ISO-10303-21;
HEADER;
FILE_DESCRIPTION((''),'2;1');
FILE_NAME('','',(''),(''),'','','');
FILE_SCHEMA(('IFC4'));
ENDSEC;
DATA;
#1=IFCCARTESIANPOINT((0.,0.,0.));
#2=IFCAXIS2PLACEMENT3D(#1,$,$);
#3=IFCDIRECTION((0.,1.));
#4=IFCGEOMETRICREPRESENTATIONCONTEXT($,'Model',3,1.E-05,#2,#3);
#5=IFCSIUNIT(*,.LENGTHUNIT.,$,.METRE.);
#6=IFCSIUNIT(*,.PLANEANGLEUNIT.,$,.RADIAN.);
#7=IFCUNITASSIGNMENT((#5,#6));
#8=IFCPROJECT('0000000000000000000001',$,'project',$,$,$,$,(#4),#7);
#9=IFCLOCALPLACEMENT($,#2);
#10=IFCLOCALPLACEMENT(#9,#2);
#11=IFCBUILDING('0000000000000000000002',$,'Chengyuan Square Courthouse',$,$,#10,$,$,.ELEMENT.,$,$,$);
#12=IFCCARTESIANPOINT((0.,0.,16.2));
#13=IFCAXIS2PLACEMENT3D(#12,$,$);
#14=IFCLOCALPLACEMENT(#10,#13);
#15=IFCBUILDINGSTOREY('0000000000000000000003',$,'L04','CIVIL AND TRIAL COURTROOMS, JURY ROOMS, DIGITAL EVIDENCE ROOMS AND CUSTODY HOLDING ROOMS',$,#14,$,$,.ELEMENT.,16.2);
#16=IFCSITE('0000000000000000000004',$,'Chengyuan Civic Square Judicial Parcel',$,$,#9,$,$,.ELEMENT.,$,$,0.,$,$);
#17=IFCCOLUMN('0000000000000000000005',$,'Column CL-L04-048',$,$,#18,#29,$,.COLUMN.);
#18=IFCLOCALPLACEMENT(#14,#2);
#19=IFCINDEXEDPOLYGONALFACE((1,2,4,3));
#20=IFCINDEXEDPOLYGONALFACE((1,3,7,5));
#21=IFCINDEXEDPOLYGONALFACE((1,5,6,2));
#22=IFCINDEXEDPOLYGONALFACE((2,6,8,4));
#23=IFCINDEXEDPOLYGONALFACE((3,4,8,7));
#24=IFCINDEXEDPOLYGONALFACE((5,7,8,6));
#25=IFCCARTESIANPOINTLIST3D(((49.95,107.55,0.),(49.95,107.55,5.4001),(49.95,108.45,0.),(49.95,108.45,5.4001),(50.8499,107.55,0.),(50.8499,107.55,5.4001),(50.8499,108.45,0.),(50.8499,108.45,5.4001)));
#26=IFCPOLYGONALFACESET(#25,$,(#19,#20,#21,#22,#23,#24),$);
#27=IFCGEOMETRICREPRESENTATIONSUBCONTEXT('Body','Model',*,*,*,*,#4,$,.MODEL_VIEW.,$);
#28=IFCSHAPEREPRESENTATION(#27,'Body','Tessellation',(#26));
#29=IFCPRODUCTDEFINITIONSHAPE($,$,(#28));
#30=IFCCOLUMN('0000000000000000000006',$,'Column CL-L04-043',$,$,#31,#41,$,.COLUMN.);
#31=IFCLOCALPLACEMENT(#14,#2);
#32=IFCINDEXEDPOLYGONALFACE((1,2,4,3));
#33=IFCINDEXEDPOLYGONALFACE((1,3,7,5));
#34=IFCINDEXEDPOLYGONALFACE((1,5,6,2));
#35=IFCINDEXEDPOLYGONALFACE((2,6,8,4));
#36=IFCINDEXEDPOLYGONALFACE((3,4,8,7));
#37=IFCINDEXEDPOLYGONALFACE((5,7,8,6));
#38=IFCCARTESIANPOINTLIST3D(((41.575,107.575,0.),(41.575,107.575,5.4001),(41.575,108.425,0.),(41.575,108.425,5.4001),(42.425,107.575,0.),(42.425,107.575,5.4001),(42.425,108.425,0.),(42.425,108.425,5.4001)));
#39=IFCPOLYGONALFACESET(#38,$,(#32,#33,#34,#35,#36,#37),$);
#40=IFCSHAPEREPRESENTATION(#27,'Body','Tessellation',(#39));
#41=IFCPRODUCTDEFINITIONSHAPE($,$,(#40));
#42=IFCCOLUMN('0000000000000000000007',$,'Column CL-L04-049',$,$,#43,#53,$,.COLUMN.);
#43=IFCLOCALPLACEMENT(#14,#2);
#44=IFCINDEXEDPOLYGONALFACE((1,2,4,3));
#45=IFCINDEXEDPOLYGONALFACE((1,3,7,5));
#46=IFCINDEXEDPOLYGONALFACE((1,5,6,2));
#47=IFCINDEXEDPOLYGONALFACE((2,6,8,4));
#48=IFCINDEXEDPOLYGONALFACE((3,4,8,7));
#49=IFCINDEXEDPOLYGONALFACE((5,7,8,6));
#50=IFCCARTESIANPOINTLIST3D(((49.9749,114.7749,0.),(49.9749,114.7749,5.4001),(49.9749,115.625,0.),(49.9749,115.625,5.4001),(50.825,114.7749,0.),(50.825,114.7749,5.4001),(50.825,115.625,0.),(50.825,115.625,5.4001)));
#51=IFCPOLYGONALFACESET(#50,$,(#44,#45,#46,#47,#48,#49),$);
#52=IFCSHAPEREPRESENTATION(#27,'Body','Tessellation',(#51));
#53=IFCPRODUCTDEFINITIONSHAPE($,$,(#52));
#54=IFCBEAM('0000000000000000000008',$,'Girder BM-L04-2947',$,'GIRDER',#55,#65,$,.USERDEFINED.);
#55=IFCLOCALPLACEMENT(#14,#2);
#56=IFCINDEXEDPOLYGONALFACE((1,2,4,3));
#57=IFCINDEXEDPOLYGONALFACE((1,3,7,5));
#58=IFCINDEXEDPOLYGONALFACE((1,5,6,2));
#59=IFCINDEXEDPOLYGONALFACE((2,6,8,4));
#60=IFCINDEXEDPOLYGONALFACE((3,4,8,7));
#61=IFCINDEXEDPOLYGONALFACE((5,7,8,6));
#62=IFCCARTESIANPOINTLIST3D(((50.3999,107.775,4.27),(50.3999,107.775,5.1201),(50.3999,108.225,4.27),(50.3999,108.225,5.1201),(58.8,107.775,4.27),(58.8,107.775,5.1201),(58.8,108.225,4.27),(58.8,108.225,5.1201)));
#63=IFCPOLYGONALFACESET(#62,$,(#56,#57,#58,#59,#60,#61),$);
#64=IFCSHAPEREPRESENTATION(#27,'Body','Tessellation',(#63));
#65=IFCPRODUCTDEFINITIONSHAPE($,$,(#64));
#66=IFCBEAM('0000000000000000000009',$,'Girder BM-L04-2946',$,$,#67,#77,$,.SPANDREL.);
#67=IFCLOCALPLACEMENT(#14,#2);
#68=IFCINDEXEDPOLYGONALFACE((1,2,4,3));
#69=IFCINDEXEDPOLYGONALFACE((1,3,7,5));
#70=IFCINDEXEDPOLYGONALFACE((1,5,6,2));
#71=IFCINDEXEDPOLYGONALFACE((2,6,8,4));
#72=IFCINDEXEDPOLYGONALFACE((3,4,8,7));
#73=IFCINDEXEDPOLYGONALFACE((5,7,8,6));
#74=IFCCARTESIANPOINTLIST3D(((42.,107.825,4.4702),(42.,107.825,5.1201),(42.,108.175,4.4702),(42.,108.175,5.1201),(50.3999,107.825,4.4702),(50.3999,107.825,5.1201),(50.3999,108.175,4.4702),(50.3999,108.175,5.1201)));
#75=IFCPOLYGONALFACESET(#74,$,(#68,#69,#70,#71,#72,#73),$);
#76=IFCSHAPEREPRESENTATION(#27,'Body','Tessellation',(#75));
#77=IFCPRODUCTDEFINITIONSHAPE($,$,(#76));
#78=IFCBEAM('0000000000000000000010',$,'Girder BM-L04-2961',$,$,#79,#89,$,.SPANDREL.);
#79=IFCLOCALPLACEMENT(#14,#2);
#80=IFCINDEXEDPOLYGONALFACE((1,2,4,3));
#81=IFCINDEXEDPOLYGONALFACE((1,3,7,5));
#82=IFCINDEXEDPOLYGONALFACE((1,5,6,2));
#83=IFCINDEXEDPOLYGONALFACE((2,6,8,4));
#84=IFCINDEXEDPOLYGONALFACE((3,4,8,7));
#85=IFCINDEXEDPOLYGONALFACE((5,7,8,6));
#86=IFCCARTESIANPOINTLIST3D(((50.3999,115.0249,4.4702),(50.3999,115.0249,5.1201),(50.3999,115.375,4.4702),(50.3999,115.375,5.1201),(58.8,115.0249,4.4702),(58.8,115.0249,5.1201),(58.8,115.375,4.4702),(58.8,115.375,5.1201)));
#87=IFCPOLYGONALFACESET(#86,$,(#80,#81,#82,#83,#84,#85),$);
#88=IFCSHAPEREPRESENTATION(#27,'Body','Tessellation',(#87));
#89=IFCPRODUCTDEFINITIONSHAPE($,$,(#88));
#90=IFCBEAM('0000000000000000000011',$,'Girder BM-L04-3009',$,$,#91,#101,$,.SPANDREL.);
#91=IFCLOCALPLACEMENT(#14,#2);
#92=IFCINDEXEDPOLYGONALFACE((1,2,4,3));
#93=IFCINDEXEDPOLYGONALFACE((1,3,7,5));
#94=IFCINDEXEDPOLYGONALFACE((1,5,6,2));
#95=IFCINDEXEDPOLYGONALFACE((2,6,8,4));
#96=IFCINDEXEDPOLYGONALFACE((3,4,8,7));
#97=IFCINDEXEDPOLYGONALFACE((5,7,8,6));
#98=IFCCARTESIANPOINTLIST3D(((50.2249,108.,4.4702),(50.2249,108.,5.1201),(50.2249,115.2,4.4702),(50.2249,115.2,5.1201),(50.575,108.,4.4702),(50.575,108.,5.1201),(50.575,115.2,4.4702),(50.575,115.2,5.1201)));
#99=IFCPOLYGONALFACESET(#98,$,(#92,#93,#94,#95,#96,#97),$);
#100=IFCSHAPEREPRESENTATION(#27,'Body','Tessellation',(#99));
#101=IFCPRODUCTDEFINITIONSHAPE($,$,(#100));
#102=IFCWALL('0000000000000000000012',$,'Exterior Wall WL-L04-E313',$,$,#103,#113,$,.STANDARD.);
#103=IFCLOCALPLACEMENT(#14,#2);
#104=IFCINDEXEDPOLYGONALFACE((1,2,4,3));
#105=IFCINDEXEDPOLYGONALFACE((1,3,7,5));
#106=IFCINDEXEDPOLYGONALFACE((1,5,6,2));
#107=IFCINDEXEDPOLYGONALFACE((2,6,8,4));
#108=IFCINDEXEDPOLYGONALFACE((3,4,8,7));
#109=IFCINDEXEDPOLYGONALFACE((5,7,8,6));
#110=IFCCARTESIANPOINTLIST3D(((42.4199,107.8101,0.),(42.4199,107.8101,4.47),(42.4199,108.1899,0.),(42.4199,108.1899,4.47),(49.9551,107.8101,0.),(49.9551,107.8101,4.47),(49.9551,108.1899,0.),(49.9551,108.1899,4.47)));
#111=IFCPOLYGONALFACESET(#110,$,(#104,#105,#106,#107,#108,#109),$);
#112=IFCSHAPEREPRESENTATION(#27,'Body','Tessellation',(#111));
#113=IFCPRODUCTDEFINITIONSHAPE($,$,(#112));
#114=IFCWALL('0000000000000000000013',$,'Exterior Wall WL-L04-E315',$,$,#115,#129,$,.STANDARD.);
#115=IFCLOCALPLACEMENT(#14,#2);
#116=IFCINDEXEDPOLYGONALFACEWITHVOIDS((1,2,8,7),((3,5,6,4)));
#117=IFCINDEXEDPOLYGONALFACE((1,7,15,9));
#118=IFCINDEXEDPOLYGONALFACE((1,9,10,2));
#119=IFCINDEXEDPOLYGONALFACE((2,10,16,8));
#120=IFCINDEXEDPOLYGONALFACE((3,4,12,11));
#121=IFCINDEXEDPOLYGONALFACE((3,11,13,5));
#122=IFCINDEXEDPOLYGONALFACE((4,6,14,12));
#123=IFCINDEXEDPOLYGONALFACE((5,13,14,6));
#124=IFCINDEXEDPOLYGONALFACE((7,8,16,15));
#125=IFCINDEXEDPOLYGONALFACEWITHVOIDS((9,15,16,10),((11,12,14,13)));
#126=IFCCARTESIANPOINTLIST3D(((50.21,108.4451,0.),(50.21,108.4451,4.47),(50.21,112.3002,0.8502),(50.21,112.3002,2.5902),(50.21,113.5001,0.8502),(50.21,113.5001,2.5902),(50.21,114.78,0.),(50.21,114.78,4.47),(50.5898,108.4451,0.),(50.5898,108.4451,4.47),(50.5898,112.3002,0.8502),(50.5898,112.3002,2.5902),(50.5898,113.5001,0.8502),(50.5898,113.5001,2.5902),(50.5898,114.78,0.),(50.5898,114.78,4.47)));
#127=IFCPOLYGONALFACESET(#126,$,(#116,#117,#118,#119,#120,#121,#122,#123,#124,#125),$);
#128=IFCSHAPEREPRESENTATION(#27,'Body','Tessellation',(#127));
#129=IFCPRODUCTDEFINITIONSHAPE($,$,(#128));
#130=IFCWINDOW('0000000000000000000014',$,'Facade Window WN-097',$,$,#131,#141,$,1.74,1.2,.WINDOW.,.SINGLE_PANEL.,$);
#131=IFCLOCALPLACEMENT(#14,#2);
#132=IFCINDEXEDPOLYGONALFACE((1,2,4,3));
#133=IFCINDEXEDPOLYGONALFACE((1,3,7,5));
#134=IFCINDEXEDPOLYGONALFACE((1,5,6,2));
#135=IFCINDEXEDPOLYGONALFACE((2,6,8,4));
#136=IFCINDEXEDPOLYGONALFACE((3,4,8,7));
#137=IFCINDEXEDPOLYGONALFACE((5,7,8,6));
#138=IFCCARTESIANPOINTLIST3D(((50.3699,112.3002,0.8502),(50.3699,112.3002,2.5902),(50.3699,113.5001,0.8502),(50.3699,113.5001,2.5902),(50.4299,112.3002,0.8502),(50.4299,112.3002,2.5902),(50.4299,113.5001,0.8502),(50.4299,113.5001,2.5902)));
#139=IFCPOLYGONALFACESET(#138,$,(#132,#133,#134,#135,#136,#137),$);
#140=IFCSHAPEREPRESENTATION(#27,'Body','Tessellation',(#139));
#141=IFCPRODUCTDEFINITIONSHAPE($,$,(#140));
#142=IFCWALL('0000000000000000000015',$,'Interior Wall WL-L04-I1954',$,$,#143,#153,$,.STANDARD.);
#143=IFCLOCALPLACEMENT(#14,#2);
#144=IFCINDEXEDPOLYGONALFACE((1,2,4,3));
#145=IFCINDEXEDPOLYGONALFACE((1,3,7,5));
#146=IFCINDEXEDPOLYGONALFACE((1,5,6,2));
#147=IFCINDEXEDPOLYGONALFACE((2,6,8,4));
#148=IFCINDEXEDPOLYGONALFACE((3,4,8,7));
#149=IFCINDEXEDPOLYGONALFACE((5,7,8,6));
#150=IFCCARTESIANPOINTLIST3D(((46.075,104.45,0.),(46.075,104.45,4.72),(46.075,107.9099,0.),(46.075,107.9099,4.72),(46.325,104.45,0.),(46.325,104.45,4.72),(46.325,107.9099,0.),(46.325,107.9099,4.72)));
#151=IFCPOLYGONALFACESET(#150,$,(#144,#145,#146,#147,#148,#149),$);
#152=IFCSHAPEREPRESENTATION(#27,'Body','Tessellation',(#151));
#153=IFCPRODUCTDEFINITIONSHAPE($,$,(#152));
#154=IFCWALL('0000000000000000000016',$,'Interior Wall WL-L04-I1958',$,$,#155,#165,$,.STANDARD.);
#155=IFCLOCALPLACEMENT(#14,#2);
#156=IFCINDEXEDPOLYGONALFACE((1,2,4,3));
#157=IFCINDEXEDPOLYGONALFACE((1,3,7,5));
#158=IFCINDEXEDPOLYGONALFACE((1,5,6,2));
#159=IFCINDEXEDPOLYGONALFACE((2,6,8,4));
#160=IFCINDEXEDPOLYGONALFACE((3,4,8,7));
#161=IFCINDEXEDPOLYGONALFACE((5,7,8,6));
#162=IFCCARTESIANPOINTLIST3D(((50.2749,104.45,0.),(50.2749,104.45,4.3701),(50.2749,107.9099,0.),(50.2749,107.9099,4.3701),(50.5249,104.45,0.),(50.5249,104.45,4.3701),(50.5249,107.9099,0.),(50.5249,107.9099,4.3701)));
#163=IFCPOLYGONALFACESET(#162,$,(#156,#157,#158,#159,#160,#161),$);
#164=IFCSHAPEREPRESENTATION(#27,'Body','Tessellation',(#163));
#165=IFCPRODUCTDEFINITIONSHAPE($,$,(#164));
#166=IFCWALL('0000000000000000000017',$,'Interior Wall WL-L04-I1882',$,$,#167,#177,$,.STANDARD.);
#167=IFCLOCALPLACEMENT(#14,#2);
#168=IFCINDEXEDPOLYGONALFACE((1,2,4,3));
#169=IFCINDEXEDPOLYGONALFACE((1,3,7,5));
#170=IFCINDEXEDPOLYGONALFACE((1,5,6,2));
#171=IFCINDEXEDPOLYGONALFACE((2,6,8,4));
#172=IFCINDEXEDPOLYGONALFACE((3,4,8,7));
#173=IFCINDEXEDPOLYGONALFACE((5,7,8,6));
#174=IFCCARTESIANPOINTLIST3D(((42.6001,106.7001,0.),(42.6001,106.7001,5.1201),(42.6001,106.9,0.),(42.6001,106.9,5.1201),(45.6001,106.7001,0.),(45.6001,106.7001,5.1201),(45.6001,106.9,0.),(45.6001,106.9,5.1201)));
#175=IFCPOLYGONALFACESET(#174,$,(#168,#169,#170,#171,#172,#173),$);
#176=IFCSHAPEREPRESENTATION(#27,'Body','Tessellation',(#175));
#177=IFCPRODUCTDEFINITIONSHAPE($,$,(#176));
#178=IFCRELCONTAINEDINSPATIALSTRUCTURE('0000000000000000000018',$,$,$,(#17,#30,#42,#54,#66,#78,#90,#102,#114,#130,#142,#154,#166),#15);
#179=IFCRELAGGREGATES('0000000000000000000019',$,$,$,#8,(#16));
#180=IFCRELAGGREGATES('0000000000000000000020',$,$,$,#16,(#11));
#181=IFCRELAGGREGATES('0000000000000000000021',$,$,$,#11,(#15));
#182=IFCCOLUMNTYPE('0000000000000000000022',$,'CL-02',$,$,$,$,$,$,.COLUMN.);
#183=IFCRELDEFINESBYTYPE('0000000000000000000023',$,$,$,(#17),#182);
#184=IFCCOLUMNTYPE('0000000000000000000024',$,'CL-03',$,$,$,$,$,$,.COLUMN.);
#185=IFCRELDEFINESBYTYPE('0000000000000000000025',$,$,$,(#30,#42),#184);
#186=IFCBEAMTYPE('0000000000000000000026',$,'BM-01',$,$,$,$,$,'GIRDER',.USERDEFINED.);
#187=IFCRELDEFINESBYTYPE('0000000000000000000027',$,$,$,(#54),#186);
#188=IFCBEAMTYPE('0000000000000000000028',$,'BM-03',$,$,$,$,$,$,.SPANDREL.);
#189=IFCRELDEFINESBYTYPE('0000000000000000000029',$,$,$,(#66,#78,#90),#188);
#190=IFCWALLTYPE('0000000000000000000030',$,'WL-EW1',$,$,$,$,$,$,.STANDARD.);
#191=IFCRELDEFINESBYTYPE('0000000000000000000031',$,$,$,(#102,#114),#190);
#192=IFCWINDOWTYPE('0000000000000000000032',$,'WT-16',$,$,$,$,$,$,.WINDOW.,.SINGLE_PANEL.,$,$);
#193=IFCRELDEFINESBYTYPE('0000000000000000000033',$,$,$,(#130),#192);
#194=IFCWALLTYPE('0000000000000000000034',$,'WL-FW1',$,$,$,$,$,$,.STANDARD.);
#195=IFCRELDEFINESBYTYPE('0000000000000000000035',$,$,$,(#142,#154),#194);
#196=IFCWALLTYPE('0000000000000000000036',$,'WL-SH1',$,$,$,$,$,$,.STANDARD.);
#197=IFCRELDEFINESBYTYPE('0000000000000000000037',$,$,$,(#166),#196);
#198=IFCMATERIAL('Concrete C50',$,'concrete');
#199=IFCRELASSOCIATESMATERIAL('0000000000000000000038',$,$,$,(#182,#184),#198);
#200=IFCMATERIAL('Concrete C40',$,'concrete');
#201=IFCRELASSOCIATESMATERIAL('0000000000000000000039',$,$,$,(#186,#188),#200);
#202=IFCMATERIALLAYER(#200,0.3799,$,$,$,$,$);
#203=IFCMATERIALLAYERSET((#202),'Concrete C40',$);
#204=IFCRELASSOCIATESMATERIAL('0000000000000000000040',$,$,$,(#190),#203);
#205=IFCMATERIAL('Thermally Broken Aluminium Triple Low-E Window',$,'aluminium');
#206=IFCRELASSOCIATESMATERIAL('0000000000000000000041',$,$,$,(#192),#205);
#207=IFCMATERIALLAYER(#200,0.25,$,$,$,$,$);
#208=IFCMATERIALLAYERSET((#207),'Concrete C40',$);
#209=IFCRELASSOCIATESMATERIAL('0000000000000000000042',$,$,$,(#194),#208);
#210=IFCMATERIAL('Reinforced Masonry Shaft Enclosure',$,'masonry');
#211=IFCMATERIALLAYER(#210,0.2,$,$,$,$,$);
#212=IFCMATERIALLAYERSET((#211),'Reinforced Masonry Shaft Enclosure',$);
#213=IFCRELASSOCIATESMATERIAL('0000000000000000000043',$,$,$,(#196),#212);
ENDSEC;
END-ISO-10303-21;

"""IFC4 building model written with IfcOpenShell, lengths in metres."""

from ifc_helpers import new_model, si_unit, direction, frame, frame_2d, origin, origin_2d, place, context, subcontext, project, spatial, rectangle, extrude, material, layer, layer_set, material_profile, profile_set, type_object, element, fill, save


model = new_model("IFC4")

# Units and contexts
model_context = context("Model", 3, precision=1e-05, world=origin(), true_north=direction((0.0, 1.0)))
body_context = subcontext(model_context, "Body", "Model", "MODEL_VIEW")
ifc_project = project(units=[si_unit("LENGTHUNIT", "METRE"), si_unit("PLANEANGLEUNIT", "RADIAN")], contexts=[model_context])

# Site, building, storey
site_placement = place(None, origin())
site = spatial("IfcSite", under=ifc_project, at=site_placement, Name="Chengyuan Civic Square Judicial Parcel", CompositionType="ELEMENT", RefElevation=0.0)
building_placement = place(site_placement, origin())
building = spatial("IfcBuilding", under=site, at=building_placement, Name="Chengyuan Square Courthouse", CompositionType="ELEMENT")
storey_placement = place(building_placement, frame((0.0, 0.0, 16.2)))
storey = spatial("IfcBuildingStorey", under=building, at=storey_placement, Name="L04", Description="CIVIL AND TRIAL COURTROOMS, JURY ROOMS, DIGITAL EVIDENCE ROOMS AND CUSTODY HOLDING ROOMS", CompositionType="ELEMENT", Elevation=16.2)

# Columns
ifc_material_1 = material(Name="Concrete C50", Category="concrete")
ifc_material_profile_1 = material_profile(ifc_material_1, rectangle(XDim=0.8999, YDim=0.8999, at=origin_2d()), Name="RC-COL-900x900")
ifc_profile_set_1 = profile_set([ifc_material_profile_1], Name="Concrete C50")
column_type_1 = type_object("IfcColumnType", Name="CL-02", PredefinedType="COLUMN", material=ifc_profile_set_1)
column_placement = place(storey_placement, frame((50.3999, 108.0, 0.0), z_axis=(0.0, 0.0, 1.0), x_axis=(1.0, 0.0, 0.0)))
element("IfcColumn", 1, at=column_placement, inside=storey, type_object=column_type_1, Name="Column CL-L04-048", PredefinedType="COLUMN", context=body_context, shape_type="SweptSolid", body=[
    extrude(rectangle(XDim=0.8999, YDim=0.8999, at=origin_2d()), origin(), (0.0, 0.0, 1.0), 5.4001),
])
ifc_material_profile_2 = material_profile(ifc_material_1, rectangle(XDim=0.8501, YDim=0.8501, at=origin_2d()), Name="RC-COL-850x850")
ifc_profile_set_2 = profile_set([ifc_material_profile_2], Name="Concrete C50")
column_type_2 = type_object("IfcColumnType", Name="CL-03", PredefinedType="COLUMN", material=ifc_profile_set_2)
for number, where, z_axis, x_axis, name in (
    (2, (42.0, 108.0, 0.0), (0.0, 0.0, 1.0), (1.0, 0.0, 0.0), "Column CL-L04-043"),
    (3, (50.3999, 115.2, 0.0), (0.0, 0.0, 1.0), (1.0, 0.0, 0.0), "Column CL-L04-049"),
):
    element("IfcColumn", number, at=place(storey_placement, frame(where, z_axis=z_axis, x_axis=x_axis)), inside=storey, type_object=column_type_2, Name=name, PredefinedType="COLUMN", context=body_context, shape_type="SweptSolid", body=[
        extrude(rectangle(XDim=0.8501, YDim=0.8501, at=origin_2d()), origin(), (0.0, 0.0, 1.0), 5.4001),
    ])

# Beams
ifc_material_2 = material(Name="Concrete C40", Category="concrete")
ifc_material_profile_3 = material_profile(ifc_material_2, rectangle(XDim=0.45, YDim=0.8501, at=origin_2d()), Name="RC-BM-450x850")
ifc_profile_set_3 = profile_set([ifc_material_profile_3], Name="Concrete C40")
beam_type_1 = type_object("IfcBeamType", Name="BM-01", ElementType="GIRDER", PredefinedType="USERDEFINED", material=ifc_profile_set_3)
beam_1_placement = place(storey_placement, frame((50.3999, 108.0, 4.6951), z_axis=(1.0, 0.0, 0.0), x_axis=(0.0, 1.0, 0.0)))
element("IfcBeam", 4, at=beam_1_placement, inside=storey, type_object=beam_type_1, Name="Girder BM-L04-2947", ObjectType="GIRDER", PredefinedType="USERDEFINED", context=body_context, shape_type="SweptSolid", body=[
    extrude(rectangle(XDim=0.45, YDim=0.8501, at=origin_2d()), origin(), (0.0, 0.0, 1.0), 8.4001),
])
ifc_material_profile_4 = material_profile(ifc_material_2, rectangle(XDim=0.3501, YDim=0.6499, at=origin_2d()), Name="RC-BM-350x650")
ifc_profile_set_4 = profile_set([ifc_material_profile_4], Name="Concrete C40")
beam_type_2 = type_object("IfcBeamType", Name="BM-03", PredefinedType="SPANDREL", material=ifc_profile_set_4)
beam_2_placement = place(storey_placement, frame((42.0, 108.0, 4.7952), z_axis=(1.0, 0.0, 0.0), x_axis=(0.0, 1.0, 0.0)))
element("IfcBeam", 5, at=beam_2_placement, inside=storey, type_object=beam_type_2, Name="Girder BM-L04-2946", PredefinedType="SPANDREL", context=body_context, shape_type="SweptSolid", body=[
    extrude(rectangle(XDim=0.3501, YDim=0.6499, at=origin_2d()), origin(), (0.0, 0.0, 1.0), 8.3999),
])
beam_3_placement = place(storey_placement, frame((50.3999, 115.2, 4.7952), z_axis=(1.0, 0.0, 0.0), x_axis=(0.0, 1.0, 0.0)))
element("IfcBeam", 6, at=beam_3_placement, inside=storey, type_object=beam_type_2, Name="Girder BM-L04-2961", PredefinedType="SPANDREL", context=body_context, shape_type="SweptSolid", body=[
    extrude(rectangle(XDim=0.3501, YDim=0.6499, at=origin_2d()), origin(), (0.0, 0.0, 1.0), 8.4001),
])
beam_4_placement = place(storey_placement, frame((50.3999, 108.0, 4.7952), z_axis=(0.0, 1.0, 0.0), x_axis=(-1.0, 0.0, 0.0)))
element("IfcBeam", 7, at=beam_4_placement, inside=storey, type_object=beam_type_2, Name="Girder BM-L04-3009", PredefinedType="SPANDREL", context=body_context, shape_type="SweptSolid", body=[
    extrude(rectangle(XDim=0.3501, YDim=0.6499, at=origin_2d()), origin(), (0.0, 0.0, 1.0), 7.2),
])

# Wall
ifc_layer_1 = layer(ifc_material_2, 0.3799)
ifc_layer_set_1 = layer_set([ifc_layer_1], Name="Concrete C40")
wall_type_1 = type_object("IfcWallType", Name="WL-EW1", PredefinedType="STANDARD", material=ifc_layer_set_1)
wall_1_placement = place(storey_placement, frame((42.4199, 108.0, 0.0), z_axis=(0.0, 0.0, 1.0), x_axis=(1.0, 0.0, 0.0)))
element("IfcWall", 8, at=wall_1_placement, inside=storey, type_object=wall_type_1, Name="Exterior Wall WL-L04-E313", PredefinedType="STANDARD", context=body_context, shape_type="SweptSolid", body=[
    extrude(rectangle(XDim=7.5352, YDim=0.3799, at=frame_2d((3.7676, 0.0))), origin(), (0.0, 0.0, 1.0), 4.47),
])

# Wall, opening, window
wall_2_placement = place(storey_placement, frame((50.3999, 108.4451, 0.0), z_axis=(0.0, 0.0, 1.0), x_axis=(0.0, 1.0, 0.0)))
wall_2 = element("IfcWall", 9, at=wall_2_placement, inside=storey, type_object=wall_type_1, Name="Exterior Wall WL-L04-E315", PredefinedType="STANDARD", context=body_context, shape_type="SweptSolid", body=[
    extrude(rectangle(XDim=6.335, YDim=0.3799, at=frame_2d((3.1675, 0.0))), origin(), (0.0, 0.0, 1.0), 4.47),
])
opening_placement = place(wall_2_placement, frame((3.855, 0.0, 0.8501)))
opening = element("IfcOpeningElement", 10, at=opening_placement, cuts=wall_2, PredefinedType="OPENING", context=body_context, shape_type="SweptSolid", body=[
    extrude(rectangle(XDim=1.2, YDim=1.74, at=frame_2d((0.6001, 0.8701))), frame((0.0, 0.2019, 0.0), z_axis=(0.0, -1.0, 0.0), x_axis=(1.0, 0.0, 0.0)), (0.0, 0.0, 1.0), 0.4038),
])
ifc_material_3 = material(Name="Thermally Broken Aluminium Triple Low-E Window", Category="aluminium")
window_type = type_object("IfcWindowType", Name="WT-16", PartitioningType="SINGLE_PANEL", PredefinedType="WINDOW", material=ifc_material_3)
window_placement = place(opening_placement, origin())
window = element("IfcWindow", 11, at=window_placement, inside=storey, type_object=window_type, Name="Facade Window WN-097", OverallHeight=1.74, OverallWidth=1.2, PartitioningType="SINGLE_PANEL", PredefinedType="WINDOW", context=body_context, shape_type="SweptSolid", body=[
    extrude(rectangle(XDim=1.2, YDim=1.74, at=frame_2d((0.6001, 0.8701))), frame((0.0, 0.03, 0.0), z_axis=(0.0, -1.0, 0.0), x_axis=(1.0, 0.0, 0.0)), (0.0, 0.0, 1.0), 0.0601),
])
fill(opening, window)

# Walls
ifc_layer_2 = layer(ifc_material_2, 0.25)
ifc_layer_set_2 = layer_set([ifc_layer_2], Name="Concrete C40")
wall_type_2 = type_object("IfcWallType", Name="WL-FW1", PredefinedType="STANDARD", material=ifc_layer_set_2)
wall_3_placement = place(storey_placement, frame((46.2, 104.45, 0.0), z_axis=(0.0, 0.0, 1.0), x_axis=(0.0, 1.0, 0.0)))
element("IfcWall", 12, at=wall_3_placement, inside=storey, type_object=wall_type_2, Name="Interior Wall WL-L04-I1954", PredefinedType="STANDARD", context=body_context, shape_type="SweptSolid", body=[
    extrude(rectangle(XDim=3.46, YDim=0.25, at=frame_2d((1.73, 0.0))), origin(), (0.0, 0.0, 1.0), 4.72),
])
wall_4_placement = place(storey_placement, frame((50.3999, 104.45, 0.0), z_axis=(0.0, 0.0, 1.0), x_axis=(0.0, 1.0, 0.0)))
element("IfcWall", 13, at=wall_4_placement, inside=storey, type_object=wall_type_2, Name="Interior Wall WL-L04-I1958", PredefinedType="STANDARD", context=body_context, shape_type="SweptSolid", body=[
    extrude(rectangle(XDim=3.46, YDim=0.25, at=frame_2d((1.73, 0.0))), origin(), (0.0, 0.0, 1.0), 4.3701),
])
ifc_material_4 = material(Name="Reinforced Masonry Shaft Enclosure", Category="masonry")
ifc_layer_3 = layer(ifc_material_4, 0.2)
ifc_layer_set_3 = layer_set([ifc_layer_3], Name="Reinforced Masonry Shaft Enclosure")
wall_type_3 = type_object("IfcWallType", Name="WL-SH1", PredefinedType="STANDARD", material=ifc_layer_set_3)
wall_5_placement = place(storey_placement, frame((42.6001, 106.8, 0.0), z_axis=(0.0, 0.0, 1.0), x_axis=(1.0, 0.0, 0.0)))
element("IfcWall", 14, at=wall_5_placement, inside=storey, type_object=wall_type_3, Name="Interior Wall WL-L04-I1882", PredefinedType="STANDARD", context=body_context, shape_type="SweptSolid", body=[
    extrude(rectangle(XDim=3.0, YDim=0.2, at=frame_2d((1.5, 0.0))), origin(), (0.0, 0.0, 1.0), 5.1201),
])

save(model, "model.ifc")
